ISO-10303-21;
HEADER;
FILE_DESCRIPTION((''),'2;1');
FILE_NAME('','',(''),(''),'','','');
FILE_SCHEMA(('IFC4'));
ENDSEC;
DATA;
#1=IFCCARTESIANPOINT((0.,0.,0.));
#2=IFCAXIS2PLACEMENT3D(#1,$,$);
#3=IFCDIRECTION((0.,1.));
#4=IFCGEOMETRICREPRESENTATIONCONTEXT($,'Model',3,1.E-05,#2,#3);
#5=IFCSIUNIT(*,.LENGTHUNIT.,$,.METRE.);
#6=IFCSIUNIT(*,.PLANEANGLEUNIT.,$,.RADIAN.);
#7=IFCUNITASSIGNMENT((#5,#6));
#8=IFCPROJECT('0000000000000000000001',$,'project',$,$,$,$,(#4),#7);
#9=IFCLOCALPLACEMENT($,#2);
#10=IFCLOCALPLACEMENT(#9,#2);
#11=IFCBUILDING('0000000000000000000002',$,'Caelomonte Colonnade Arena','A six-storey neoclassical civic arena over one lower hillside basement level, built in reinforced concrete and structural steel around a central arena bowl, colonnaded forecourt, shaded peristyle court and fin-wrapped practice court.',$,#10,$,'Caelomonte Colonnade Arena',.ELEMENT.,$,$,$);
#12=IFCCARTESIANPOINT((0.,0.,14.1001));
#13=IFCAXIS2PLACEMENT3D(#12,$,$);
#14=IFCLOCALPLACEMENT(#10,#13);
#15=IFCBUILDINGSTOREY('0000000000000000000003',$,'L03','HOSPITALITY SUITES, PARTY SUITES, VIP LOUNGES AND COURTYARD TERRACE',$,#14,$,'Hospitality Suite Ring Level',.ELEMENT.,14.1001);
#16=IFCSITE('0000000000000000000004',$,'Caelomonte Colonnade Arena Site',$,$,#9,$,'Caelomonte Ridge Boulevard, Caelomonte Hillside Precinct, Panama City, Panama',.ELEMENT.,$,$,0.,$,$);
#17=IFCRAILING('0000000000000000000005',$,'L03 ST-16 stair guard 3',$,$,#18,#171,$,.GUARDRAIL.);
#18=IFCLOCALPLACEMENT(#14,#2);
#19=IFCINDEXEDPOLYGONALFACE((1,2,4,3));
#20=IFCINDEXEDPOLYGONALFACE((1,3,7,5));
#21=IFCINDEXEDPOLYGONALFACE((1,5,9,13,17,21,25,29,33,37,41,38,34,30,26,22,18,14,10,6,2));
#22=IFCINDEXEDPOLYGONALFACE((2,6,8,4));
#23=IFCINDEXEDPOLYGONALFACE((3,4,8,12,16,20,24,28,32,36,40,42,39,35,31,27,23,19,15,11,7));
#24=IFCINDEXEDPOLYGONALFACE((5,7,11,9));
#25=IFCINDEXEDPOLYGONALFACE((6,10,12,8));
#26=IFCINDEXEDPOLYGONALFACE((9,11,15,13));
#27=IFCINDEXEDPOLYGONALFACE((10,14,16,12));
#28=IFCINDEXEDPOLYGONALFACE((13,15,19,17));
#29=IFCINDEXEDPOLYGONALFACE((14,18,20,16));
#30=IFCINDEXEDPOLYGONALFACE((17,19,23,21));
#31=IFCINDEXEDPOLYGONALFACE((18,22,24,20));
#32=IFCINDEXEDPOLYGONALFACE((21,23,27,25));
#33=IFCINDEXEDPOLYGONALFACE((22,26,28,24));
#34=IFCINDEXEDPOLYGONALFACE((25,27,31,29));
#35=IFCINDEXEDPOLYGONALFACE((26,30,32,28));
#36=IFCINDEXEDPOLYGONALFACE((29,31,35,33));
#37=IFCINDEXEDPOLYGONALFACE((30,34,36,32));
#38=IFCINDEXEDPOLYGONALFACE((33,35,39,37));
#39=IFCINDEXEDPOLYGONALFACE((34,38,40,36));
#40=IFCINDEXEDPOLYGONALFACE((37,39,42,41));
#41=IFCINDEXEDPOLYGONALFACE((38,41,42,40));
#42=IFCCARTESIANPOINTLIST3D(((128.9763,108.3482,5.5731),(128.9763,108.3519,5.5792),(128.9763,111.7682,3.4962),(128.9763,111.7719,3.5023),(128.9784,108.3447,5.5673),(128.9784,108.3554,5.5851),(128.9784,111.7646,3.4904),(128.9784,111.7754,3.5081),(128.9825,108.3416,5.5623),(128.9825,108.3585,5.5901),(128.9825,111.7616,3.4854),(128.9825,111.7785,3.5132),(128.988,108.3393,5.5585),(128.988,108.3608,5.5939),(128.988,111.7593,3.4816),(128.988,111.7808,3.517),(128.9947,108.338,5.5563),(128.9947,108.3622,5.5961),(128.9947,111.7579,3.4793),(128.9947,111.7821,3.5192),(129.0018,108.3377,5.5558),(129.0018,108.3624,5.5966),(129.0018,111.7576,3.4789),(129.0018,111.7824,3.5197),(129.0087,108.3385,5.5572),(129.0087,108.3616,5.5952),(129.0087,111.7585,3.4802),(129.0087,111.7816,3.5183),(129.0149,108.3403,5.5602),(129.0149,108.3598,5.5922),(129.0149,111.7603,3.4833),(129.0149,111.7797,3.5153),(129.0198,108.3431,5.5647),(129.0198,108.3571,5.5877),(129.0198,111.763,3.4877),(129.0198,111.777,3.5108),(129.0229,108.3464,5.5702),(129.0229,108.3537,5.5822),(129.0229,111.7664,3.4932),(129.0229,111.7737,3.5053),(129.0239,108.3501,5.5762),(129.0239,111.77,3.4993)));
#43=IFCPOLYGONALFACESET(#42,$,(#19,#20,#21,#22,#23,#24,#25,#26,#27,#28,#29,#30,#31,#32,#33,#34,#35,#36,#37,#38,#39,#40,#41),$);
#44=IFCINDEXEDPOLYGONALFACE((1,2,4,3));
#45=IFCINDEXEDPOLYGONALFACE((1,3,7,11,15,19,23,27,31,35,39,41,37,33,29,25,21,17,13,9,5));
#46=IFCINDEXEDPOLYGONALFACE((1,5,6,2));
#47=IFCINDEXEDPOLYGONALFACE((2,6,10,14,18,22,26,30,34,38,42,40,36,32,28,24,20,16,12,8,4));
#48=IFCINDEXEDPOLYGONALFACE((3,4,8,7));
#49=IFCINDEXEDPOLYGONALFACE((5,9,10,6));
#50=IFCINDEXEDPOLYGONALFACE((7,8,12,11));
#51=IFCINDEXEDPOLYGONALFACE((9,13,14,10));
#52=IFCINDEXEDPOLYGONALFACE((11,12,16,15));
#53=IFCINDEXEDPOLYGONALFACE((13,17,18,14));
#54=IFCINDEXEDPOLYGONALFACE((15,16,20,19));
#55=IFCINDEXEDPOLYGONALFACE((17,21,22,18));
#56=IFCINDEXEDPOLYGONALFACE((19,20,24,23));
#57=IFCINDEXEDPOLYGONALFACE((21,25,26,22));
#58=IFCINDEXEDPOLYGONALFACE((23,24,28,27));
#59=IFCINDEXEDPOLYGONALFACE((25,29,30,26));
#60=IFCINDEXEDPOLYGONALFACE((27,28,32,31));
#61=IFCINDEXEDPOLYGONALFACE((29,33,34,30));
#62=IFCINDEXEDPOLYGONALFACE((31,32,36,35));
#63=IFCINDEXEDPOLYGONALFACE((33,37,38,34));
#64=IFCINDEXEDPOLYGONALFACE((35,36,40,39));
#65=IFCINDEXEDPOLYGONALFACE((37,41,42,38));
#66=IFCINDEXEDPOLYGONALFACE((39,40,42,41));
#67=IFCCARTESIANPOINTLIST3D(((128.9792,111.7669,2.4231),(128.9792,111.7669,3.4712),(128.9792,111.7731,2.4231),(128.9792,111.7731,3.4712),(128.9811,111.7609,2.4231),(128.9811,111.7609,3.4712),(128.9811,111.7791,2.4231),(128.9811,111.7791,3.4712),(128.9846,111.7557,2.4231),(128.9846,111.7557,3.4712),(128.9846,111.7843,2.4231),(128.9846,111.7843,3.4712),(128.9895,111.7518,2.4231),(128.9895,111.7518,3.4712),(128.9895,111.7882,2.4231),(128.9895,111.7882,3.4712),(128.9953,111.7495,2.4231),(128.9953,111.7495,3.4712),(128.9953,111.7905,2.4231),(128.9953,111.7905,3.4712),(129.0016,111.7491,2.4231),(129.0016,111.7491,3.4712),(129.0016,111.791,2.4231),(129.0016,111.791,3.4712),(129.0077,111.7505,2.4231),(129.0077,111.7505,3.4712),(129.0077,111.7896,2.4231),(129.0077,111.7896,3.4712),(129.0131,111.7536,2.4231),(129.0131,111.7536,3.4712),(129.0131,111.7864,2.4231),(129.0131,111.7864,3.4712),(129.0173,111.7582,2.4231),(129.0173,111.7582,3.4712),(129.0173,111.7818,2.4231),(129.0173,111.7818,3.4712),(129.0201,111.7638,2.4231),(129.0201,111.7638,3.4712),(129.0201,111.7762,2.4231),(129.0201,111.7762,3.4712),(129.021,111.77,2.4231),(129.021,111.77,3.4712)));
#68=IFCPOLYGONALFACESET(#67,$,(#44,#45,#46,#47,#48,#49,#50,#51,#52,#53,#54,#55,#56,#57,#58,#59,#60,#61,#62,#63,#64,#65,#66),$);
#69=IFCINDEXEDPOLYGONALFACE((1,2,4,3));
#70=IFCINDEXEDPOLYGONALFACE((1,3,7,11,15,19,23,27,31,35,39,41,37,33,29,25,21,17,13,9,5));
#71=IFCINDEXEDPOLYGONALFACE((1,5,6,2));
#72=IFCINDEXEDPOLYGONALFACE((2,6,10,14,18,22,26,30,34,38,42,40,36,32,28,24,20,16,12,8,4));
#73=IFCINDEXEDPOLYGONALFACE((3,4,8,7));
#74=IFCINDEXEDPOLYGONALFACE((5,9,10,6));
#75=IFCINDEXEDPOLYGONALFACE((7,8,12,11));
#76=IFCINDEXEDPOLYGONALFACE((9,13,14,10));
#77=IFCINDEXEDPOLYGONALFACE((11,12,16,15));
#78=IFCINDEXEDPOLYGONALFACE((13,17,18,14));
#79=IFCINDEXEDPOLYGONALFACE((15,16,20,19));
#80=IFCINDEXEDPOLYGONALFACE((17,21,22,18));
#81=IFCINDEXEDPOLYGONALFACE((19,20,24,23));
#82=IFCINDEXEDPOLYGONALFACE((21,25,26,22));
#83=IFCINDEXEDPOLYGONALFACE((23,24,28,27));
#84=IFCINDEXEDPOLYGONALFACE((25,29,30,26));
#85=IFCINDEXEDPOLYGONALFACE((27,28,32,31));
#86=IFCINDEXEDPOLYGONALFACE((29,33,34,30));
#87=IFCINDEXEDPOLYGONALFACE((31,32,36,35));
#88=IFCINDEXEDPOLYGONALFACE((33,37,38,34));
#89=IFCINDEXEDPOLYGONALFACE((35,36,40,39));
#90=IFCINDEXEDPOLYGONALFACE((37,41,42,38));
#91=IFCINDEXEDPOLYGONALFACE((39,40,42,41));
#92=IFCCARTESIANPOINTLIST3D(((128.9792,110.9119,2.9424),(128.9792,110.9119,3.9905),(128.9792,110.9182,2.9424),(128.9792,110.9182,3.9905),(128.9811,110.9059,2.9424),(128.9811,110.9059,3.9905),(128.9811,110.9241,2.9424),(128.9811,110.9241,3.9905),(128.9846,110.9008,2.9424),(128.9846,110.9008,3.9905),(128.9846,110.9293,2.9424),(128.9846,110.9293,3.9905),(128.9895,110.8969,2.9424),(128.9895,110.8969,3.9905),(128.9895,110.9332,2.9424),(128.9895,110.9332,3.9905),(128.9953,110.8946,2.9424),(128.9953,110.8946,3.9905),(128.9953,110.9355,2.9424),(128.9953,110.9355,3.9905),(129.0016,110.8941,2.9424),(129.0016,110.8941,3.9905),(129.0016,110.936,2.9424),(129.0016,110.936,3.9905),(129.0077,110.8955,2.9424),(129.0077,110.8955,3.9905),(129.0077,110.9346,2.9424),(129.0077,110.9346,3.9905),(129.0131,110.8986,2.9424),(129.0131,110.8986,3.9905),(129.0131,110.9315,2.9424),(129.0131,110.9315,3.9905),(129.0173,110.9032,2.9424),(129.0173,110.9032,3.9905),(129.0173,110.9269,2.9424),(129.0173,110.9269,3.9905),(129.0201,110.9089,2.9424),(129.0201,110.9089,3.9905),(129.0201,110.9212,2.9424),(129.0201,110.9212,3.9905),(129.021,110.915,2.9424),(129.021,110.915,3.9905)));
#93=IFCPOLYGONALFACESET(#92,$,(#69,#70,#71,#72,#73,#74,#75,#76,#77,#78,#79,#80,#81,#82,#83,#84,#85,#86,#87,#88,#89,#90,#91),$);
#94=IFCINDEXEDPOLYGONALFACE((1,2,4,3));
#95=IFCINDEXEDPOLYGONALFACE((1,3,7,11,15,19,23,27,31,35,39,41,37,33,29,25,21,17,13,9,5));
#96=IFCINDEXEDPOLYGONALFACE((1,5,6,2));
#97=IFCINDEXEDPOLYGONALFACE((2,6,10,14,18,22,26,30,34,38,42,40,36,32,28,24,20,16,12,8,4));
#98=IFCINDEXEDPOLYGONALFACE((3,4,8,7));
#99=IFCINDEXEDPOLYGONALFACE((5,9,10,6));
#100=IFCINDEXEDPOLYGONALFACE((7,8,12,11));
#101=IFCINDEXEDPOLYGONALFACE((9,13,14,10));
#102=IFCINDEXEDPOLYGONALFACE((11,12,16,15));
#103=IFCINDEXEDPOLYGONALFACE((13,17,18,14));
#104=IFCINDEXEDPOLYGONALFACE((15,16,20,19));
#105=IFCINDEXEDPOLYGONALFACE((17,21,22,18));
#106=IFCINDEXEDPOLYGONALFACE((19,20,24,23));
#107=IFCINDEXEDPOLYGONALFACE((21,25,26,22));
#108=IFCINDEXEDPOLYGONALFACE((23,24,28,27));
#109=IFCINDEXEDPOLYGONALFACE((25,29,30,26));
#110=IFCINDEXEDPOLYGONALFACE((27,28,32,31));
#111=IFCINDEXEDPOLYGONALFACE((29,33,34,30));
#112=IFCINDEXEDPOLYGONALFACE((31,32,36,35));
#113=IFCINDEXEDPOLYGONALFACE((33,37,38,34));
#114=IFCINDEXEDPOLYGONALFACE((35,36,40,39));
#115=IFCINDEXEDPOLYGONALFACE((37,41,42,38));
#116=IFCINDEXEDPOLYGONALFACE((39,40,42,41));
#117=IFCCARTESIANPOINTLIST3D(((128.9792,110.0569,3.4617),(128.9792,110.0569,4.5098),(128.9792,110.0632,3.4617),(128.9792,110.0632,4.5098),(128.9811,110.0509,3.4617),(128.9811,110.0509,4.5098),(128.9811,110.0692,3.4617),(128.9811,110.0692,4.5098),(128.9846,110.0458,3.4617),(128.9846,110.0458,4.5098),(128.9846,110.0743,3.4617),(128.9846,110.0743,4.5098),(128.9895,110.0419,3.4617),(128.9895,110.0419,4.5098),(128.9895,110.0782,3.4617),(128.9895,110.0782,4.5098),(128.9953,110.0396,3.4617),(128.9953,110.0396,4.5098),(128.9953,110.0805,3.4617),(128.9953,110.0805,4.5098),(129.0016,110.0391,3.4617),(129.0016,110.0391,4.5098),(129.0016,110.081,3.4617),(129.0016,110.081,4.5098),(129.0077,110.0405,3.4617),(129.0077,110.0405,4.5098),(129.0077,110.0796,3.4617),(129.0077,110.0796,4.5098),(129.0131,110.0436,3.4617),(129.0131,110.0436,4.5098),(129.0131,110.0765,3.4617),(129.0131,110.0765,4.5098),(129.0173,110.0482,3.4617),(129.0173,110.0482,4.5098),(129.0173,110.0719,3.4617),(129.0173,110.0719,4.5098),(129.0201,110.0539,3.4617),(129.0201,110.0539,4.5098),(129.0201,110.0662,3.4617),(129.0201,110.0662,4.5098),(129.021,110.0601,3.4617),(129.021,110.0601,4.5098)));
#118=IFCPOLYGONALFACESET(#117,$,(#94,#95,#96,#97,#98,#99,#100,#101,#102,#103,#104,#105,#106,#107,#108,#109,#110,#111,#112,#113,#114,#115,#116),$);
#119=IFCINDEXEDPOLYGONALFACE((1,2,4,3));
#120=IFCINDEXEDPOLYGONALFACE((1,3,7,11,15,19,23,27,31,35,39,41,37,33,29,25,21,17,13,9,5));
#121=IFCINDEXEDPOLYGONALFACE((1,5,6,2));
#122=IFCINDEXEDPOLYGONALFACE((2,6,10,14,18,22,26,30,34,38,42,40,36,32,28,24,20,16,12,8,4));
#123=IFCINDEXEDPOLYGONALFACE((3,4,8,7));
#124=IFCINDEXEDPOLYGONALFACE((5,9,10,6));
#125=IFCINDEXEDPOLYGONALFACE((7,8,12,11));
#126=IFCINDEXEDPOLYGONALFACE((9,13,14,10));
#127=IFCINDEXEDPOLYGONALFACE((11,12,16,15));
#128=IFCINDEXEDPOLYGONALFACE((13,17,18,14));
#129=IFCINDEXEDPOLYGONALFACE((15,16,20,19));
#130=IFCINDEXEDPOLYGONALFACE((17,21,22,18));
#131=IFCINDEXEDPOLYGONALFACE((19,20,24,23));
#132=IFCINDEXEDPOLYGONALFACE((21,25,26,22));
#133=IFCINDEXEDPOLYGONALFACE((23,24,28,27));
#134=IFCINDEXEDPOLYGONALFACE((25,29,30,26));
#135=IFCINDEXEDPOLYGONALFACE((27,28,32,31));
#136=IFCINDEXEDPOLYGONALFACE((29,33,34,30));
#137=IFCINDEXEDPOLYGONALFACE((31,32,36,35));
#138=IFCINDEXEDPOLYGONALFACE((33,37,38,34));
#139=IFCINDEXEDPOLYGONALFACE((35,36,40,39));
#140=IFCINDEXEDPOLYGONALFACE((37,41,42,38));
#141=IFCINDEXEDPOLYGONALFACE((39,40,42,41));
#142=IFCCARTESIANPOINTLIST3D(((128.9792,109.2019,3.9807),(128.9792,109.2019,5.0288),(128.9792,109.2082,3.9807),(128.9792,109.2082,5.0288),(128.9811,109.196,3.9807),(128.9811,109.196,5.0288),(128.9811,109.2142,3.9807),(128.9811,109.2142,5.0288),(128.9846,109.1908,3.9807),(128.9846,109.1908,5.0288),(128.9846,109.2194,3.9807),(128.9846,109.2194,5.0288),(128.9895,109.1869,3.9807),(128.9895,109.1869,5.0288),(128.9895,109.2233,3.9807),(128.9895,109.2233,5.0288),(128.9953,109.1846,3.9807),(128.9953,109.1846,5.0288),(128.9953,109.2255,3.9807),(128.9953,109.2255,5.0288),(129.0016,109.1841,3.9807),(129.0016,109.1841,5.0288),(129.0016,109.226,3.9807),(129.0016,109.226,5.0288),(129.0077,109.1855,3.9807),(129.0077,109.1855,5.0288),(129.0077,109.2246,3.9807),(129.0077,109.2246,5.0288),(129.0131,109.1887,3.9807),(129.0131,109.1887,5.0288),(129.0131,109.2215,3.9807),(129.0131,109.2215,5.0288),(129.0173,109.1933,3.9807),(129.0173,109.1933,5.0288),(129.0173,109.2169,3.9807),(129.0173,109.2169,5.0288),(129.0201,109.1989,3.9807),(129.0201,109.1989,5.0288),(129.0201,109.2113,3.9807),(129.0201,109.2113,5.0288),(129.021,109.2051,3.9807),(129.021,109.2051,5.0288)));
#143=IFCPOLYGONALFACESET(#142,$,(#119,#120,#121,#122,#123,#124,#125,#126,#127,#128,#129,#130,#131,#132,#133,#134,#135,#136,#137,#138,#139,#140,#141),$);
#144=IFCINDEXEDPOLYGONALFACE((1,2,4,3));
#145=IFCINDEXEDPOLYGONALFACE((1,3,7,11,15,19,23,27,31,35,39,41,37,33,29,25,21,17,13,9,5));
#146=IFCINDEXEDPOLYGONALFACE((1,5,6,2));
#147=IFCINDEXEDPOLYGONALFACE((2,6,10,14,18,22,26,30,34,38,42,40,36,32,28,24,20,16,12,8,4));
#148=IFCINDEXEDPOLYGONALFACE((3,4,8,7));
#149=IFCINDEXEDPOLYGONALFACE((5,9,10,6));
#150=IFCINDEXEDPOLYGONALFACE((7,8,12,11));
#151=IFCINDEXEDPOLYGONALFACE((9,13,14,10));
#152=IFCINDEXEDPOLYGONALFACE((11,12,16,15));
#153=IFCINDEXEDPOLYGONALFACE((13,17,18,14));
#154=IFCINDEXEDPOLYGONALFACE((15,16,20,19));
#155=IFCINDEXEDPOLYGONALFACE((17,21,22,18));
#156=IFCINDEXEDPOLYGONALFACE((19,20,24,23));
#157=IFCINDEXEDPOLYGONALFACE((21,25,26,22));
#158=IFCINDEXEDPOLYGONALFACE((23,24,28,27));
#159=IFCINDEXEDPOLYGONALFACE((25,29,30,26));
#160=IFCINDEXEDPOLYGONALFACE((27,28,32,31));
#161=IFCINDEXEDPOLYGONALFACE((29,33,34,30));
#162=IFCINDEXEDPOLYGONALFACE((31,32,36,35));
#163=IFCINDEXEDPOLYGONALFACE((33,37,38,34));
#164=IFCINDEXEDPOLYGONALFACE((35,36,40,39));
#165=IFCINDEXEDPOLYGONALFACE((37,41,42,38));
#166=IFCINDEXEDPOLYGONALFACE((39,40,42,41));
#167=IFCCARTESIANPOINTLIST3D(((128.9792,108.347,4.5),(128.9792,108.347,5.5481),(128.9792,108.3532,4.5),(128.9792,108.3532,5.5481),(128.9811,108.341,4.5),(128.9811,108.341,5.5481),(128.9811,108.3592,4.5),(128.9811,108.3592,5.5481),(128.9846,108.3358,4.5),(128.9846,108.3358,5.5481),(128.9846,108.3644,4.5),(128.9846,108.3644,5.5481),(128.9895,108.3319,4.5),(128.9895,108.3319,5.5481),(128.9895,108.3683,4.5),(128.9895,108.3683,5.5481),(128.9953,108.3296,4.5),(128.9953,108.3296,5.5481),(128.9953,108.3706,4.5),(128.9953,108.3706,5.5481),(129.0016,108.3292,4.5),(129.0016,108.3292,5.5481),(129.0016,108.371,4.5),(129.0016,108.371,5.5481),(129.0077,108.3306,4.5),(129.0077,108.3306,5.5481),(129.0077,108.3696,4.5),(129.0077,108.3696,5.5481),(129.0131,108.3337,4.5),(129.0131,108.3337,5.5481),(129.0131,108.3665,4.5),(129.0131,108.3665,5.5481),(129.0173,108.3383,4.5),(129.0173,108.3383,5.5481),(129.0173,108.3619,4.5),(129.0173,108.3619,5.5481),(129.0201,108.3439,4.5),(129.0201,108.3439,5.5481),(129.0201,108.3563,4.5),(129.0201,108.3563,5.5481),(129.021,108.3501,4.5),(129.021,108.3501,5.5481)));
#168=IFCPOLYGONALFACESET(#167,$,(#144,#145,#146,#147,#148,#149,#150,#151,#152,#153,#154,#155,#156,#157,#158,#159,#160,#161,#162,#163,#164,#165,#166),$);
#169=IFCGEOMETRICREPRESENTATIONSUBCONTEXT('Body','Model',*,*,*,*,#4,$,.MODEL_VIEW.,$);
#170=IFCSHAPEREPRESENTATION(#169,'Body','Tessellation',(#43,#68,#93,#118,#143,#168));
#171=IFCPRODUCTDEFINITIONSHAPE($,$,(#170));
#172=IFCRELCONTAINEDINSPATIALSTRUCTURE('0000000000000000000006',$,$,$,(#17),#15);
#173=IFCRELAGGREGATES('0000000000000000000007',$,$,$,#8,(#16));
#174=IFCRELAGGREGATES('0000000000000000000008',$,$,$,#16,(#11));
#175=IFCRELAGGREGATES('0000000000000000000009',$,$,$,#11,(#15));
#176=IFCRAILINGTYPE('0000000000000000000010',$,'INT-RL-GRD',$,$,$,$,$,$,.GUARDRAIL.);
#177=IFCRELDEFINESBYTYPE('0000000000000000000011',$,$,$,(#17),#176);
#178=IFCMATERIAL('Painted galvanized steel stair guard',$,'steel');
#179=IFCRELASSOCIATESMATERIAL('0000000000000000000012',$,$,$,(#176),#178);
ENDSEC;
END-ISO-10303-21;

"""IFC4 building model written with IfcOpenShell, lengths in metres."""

from ifc_helpers import new_model, si_unit, direction, frame, origin, origin_2d, place, context, subcontext, project, spatial, circle, extrude, material, type_object, element, save


model = new_model("IFC4")

# Units and contexts
model_context = context("Model", 3, precision=1e-05, world=origin(), true_north=direction((0.0, 1.0)))
body_context = subcontext(model_context, "Body", "Model", "MODEL_VIEW")
ifc_project = project(units=[si_unit("LENGTHUNIT", "METRE"), si_unit("PLANEANGLEUNIT", "RADIAN")], contexts=[model_context])

# Site, building, storey
site_placement = place(None, origin())
site = spatial("IfcSite", under=ifc_project, at=site_placement, Name="Caelomonte Colonnade Arena Site", LongName="Caelomonte Ridge Boulevard, Caelomonte Hillside Precinct, Panama City, Panama", CompositionType="ELEMENT", RefElevation=0.0)
building_placement = place(site_placement, origin())
building = spatial("IfcBuilding", under=site, at=building_placement, Name="Caelomonte Colonnade Arena", Description="A six-storey neoclassical civic arena over one lower hillside basement level, built in reinforced concrete and structural steel around a central arena bowl, colonnaded forecourt, shaded peristyle court and fin-wrapped practice court.", LongName="Caelomonte Colonnade Arena", CompositionType="ELEMENT")
storey_placement = place(building_placement, frame((0.0, 0.0, 14.1001)))
storey = spatial("IfcBuildingStorey", under=building, at=storey_placement, Name="L03", Description="HOSPITALITY SUITES, PARTY SUITES, VIP LOUNGES AND COURTYARD TERRACE", LongName="Hospitality Suite Ring Level", CompositionType="ELEMENT", Elevation=14.1001)

# Railing
ifc_material_1 = material(Name="Painted galvanized steel stair guard", Category="steel")
railing_type_1 = type_object("IfcRailingType", Name="INT-RL-GRD", PredefinedType="GUARDRAIL", material=ifc_material_1)
railing_1_placement = place(storey_placement, frame((129.0, 111.77, 2.4231)))
element("IfcRailing", 1, at=railing_1_placement, inside=storey, type_object=railing_type_1, Name="L03 ST-16 stair guard 3", PredefinedType="GUARDRAIL", context=body_context, shape_type="SweptSolid", body=[
    extrude(circle(Radius=0.0239, at=origin_2d()), frame((0.0, 0.0, 1.0762), z_axis=(0.0, -0.85473, 0.519074), x_axis=(1.0, 0.0, 0.0)), (0.0, 0.0, 1.0), 4.0012),
    extrude(circle(Radius=0.021, at=origin_2d()), origin(), (0.0, 0.0, 1.0), 1.0481),
    extrude(circle(Radius=0.021, at=origin_2d()), frame((0.0, -0.855, 0.5193)), (0.0, 0.0, 1.0), 1.0481),
    extrude(circle(Radius=0.021, at=origin_2d()), frame((0.0, -1.71, 1.0386)), (0.0, 0.0, 1.0), 1.0481),
    extrude(circle(Radius=0.021, at=origin_2d()), frame((0.0, -2.5649, 1.5576)), (0.0, 0.0, 1.0), 1.0481),
    extrude(circle(Radius=0.021, at=origin_2d()), frame((0.0, -3.4199, 2.0769)), (0.0, 0.0, 1.0), 1.0481),
])

save(model, "model.ifc")
